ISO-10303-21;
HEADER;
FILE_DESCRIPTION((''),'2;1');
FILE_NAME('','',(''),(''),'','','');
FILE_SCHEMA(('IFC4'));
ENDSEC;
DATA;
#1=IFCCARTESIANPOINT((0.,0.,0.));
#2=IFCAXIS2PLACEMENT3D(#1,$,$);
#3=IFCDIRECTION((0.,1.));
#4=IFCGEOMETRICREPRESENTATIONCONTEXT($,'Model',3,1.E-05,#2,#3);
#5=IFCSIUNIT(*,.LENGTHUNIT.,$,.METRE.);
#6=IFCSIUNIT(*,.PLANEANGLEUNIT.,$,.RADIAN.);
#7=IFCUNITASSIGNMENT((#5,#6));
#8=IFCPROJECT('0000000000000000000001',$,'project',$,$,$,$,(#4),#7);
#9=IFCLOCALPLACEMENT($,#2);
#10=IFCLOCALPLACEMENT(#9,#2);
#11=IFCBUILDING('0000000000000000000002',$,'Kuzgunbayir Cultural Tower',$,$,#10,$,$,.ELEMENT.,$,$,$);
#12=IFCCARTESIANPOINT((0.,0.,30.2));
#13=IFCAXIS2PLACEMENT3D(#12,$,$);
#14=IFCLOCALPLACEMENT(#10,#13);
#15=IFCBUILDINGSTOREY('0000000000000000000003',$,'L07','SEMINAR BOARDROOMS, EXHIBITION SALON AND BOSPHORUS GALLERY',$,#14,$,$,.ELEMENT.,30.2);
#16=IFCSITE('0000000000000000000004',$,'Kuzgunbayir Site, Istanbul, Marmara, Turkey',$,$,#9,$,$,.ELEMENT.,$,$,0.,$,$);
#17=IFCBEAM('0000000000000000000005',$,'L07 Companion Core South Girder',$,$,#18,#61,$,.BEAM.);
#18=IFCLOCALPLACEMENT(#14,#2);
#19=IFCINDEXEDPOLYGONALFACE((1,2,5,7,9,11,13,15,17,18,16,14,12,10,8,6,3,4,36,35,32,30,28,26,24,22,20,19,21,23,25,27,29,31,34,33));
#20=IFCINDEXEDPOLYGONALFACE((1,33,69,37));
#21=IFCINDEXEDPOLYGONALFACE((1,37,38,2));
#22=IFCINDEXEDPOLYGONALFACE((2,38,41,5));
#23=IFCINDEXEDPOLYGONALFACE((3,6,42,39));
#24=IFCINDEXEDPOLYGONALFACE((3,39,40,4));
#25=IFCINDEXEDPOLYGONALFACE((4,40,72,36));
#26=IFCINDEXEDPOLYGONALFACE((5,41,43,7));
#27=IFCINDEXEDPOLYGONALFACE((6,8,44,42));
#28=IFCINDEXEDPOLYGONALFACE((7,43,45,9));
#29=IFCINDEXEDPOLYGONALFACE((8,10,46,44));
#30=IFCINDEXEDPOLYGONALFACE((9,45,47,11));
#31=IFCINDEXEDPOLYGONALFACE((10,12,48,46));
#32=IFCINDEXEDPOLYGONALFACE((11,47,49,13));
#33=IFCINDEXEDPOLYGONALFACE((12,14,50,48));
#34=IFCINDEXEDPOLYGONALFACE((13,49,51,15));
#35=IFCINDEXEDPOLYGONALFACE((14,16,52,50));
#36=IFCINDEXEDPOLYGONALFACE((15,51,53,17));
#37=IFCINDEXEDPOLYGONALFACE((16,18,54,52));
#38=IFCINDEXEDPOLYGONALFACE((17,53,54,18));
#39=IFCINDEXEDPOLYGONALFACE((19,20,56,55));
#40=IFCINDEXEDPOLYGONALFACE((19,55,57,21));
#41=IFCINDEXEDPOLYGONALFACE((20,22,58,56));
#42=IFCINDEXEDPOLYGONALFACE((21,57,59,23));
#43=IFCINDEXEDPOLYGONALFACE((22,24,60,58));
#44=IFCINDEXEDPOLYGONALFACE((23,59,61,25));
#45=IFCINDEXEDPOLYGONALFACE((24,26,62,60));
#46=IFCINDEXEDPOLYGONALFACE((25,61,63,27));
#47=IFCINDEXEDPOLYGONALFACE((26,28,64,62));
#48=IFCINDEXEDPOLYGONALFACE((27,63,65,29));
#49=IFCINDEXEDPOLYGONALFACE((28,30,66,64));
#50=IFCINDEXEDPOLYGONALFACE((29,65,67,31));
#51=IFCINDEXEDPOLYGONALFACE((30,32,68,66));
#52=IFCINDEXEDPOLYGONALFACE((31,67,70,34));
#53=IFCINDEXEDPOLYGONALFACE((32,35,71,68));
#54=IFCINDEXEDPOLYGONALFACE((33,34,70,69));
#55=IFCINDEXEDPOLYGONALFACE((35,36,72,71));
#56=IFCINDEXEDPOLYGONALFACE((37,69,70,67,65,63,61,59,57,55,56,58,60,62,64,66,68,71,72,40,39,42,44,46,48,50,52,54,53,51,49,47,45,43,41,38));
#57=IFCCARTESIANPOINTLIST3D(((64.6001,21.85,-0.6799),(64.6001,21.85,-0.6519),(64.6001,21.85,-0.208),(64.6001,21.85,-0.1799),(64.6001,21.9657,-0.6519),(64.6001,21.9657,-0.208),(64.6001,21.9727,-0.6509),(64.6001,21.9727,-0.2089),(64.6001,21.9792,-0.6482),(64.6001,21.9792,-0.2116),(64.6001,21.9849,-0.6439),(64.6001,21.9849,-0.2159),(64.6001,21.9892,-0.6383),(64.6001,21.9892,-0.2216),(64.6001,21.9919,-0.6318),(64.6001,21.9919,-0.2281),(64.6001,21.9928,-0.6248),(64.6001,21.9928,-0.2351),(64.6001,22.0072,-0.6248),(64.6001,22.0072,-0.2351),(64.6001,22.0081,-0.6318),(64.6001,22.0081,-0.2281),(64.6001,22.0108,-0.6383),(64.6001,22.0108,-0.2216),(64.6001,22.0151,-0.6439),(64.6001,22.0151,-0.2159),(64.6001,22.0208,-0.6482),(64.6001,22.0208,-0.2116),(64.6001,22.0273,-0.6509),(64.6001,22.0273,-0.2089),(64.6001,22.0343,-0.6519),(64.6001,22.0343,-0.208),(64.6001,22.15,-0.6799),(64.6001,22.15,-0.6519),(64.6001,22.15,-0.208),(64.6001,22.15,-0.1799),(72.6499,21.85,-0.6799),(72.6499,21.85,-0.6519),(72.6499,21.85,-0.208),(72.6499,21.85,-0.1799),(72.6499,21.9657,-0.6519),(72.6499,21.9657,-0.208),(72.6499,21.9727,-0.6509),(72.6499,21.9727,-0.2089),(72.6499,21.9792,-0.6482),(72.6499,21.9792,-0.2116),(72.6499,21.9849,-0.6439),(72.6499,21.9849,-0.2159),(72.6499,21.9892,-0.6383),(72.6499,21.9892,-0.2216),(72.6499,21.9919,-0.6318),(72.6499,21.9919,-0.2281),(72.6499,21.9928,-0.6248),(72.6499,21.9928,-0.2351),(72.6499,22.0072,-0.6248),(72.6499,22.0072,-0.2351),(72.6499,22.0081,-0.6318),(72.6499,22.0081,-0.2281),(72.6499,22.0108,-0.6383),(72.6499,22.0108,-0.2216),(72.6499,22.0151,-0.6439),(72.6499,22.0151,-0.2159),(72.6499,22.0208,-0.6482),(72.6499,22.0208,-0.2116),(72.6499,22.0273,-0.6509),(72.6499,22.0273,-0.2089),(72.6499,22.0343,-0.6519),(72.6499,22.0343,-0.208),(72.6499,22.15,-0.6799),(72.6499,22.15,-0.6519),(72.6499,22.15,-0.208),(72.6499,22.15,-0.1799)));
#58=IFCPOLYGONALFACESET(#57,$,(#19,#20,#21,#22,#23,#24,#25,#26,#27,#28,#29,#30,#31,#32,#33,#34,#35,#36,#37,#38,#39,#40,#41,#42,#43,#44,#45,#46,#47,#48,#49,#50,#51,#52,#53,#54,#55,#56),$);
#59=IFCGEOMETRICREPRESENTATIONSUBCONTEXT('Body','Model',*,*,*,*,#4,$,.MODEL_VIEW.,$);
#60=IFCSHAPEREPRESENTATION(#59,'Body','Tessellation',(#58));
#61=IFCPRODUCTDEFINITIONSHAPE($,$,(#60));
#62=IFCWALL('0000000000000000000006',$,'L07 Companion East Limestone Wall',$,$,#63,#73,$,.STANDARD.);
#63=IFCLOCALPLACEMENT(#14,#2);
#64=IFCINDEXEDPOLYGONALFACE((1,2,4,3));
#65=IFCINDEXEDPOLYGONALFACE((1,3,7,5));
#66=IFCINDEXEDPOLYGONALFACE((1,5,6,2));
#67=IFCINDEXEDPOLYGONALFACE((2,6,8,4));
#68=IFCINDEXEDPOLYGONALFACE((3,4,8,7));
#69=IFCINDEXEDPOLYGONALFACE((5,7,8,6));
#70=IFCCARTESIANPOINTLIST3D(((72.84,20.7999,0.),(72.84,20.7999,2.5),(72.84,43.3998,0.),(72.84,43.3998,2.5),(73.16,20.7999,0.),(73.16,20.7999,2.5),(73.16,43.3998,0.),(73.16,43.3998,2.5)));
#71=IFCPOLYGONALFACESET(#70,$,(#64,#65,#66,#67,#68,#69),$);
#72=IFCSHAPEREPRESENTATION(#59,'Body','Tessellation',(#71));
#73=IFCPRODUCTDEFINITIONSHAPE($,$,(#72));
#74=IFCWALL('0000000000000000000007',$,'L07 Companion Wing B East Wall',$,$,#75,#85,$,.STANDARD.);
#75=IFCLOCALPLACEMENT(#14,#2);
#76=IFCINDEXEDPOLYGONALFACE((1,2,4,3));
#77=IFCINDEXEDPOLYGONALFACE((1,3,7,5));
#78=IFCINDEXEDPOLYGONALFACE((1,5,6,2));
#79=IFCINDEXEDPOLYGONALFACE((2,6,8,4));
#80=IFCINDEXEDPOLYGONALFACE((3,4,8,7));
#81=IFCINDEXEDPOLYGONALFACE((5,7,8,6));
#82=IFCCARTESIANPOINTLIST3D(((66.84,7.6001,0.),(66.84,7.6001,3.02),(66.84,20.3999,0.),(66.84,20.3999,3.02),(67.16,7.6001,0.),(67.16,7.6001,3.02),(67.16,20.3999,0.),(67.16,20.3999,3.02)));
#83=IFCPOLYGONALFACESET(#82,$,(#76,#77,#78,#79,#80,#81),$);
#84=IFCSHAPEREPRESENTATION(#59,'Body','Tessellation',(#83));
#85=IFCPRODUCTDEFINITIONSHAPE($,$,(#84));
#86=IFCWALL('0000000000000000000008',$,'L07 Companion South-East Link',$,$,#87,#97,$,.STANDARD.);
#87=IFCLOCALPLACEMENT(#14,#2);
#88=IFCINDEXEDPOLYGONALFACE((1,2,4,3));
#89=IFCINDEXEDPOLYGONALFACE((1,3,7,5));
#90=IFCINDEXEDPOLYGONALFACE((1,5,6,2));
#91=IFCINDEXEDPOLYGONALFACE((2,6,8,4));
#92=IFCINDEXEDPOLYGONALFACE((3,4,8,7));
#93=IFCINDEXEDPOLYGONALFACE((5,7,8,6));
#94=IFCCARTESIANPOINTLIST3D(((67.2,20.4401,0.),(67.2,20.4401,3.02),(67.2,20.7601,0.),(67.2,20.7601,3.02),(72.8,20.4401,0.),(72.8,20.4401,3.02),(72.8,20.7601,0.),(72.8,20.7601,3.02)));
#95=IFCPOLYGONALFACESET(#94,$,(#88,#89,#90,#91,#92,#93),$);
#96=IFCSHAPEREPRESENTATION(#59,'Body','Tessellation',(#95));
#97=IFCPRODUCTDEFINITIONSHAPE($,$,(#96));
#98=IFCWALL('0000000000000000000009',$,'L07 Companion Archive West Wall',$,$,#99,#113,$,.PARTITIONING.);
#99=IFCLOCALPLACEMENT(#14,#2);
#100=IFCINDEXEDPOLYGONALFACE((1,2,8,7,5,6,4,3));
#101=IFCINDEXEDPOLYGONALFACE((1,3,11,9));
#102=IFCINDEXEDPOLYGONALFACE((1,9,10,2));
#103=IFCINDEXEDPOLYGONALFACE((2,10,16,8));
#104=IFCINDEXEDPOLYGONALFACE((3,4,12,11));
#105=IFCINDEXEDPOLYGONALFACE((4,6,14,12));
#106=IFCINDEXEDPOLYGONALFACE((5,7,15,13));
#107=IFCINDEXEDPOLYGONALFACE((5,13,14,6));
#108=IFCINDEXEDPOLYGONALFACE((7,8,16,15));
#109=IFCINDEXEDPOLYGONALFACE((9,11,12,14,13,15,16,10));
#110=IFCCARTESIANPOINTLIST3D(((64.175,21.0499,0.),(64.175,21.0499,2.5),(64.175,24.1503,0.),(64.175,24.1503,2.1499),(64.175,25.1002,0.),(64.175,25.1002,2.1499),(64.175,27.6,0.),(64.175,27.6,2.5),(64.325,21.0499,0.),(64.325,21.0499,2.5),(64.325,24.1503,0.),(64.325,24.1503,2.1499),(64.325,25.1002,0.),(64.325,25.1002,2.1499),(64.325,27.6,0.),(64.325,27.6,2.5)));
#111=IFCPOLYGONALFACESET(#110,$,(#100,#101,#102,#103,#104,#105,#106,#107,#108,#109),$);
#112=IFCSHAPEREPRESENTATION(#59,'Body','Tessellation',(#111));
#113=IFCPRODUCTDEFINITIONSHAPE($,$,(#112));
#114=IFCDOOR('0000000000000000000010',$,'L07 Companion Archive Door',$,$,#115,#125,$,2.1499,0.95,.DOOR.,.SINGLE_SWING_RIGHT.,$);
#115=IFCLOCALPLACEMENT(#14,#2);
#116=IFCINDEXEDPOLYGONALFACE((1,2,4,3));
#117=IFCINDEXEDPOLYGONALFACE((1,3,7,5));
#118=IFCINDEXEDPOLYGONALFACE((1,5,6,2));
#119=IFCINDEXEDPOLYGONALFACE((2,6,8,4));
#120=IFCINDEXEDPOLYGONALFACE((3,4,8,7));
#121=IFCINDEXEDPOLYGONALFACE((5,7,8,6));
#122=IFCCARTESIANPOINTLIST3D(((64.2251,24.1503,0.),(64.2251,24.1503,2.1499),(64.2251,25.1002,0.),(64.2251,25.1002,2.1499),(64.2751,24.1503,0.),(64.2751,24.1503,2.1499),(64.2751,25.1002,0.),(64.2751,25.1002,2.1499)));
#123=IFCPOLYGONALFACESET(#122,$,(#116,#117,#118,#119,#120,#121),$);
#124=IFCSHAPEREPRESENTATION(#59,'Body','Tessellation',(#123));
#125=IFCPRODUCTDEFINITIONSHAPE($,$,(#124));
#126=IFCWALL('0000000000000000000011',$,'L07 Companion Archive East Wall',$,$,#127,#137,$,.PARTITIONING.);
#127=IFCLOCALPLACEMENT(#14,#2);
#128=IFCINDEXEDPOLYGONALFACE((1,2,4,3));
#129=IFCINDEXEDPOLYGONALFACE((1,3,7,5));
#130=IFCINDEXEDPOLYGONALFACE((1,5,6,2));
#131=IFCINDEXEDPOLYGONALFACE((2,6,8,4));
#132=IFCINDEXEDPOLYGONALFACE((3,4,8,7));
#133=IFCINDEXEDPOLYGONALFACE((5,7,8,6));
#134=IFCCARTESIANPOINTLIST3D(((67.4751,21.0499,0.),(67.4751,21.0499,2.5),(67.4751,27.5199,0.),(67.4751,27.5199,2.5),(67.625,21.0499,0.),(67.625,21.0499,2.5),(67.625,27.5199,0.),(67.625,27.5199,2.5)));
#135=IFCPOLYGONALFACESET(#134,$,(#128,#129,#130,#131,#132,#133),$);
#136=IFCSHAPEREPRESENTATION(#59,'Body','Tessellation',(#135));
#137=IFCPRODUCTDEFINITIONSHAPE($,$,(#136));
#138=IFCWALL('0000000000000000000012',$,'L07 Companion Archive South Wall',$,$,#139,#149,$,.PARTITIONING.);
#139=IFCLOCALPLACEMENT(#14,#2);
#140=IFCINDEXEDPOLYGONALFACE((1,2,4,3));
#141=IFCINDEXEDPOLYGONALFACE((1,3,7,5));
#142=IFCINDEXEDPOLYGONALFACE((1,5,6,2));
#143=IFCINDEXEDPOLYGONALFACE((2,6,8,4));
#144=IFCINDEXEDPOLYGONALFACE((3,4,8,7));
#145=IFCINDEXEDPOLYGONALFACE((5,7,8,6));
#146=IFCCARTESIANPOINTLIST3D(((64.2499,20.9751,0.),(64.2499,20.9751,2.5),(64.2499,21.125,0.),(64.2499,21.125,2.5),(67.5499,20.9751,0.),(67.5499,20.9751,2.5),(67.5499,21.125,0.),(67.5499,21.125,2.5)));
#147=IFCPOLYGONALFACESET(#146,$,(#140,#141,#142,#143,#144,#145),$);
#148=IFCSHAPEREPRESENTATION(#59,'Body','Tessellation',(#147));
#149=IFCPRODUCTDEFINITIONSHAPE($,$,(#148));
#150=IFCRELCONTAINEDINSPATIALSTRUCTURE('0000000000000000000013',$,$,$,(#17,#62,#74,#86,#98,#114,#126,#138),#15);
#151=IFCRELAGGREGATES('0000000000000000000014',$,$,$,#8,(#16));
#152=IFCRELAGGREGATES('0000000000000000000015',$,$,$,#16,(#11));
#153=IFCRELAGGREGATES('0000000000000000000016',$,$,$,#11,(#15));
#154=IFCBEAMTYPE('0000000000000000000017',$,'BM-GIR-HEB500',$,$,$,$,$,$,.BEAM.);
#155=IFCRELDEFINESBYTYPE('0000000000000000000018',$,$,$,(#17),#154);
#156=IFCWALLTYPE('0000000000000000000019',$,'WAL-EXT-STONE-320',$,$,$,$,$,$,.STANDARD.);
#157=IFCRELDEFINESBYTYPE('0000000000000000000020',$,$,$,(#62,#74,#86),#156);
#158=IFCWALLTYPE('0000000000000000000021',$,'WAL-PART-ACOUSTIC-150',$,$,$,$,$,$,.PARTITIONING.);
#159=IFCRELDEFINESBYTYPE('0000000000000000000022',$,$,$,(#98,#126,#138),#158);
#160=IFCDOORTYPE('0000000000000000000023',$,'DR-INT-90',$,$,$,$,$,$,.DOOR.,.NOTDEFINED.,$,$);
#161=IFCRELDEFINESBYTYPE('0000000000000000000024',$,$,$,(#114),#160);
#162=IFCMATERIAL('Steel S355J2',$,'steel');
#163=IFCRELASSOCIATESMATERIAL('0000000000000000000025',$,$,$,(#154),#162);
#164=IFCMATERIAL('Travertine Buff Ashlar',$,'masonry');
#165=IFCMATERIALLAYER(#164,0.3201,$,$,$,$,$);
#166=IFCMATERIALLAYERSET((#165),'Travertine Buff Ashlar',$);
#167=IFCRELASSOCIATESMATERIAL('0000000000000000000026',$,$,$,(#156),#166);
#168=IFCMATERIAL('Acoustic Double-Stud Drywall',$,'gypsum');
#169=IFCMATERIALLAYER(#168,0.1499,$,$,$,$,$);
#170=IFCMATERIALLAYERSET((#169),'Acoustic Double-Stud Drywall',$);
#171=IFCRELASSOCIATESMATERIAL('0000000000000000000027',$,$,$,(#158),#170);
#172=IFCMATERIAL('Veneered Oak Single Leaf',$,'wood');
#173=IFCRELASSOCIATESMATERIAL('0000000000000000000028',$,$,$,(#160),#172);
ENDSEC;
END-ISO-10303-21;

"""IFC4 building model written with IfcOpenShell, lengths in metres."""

from ifc_helpers import new_model, si_unit, direction, frame, frame_2d, origin, origin_2d, place, context, subcontext, project, spatial, rectangle, i_section, extrude, material, layer, layer_set, material_profile, profile_set, type_object, element, fill, save


model = new_model("IFC4")

# Units and contexts
model_context = context("Model", 3, precision=1e-05, world=origin(), true_north=direction((0.0, 1.0)))
body_context = subcontext(model_context, "Body", "Model", "MODEL_VIEW")
ifc_project = project(units=[si_unit("LENGTHUNIT", "METRE"), si_unit("PLANEANGLEUNIT", "RADIAN")], contexts=[model_context])

# Site, building, storey
site_placement = place(None, origin())
site = spatial("IfcSite", under=ifc_project, at=site_placement, Name="Kuzgunbayir Site, Istanbul, Marmara, Turkey", CompositionType="ELEMENT", RefElevation=0.0)
building_placement = place(site_placement, origin())
building = spatial("IfcBuilding", under=site, at=building_placement, Name="Kuzgunbayir Cultural Tower", CompositionType="ELEMENT")
storey_placement = place(building_placement, frame((0.0, 0.0, 30.2)))
storey = spatial("IfcBuildingStorey", under=building, at=storey_placement, Name="L07", Description="SEMINAR BOARDROOMS, EXHIBITION SALON AND BOSPHORUS GALLERY", CompositionType="ELEMENT", Elevation=30.2)

# Beam
ifc_material_1 = material(Name="Steel S355J2", Category="steel")
ifc_material_profile_1 = material_profile(ifc_material_1, i_section(OverallWidth=0.3, OverallDepth=0.5, WebThickness=0.0144, FlangeThickness=0.0281, FilletRadius=0.0271, at=origin_2d()), Name="HEB 500")
ifc_profile_set_1 = profile_set([ifc_material_profile_1], Name="Steel S355J2")
beam_type_1 = type_object("IfcBeamType", Name="BM-GIR-HEB500", PredefinedType="BEAM", material=ifc_profile_set_1)
beam_1_placement = place(storey_placement, frame((64.6001, 22.0, -0.4299), z_axis=(1.0, 0.0, 0.0), x_axis=(0.0, 1.0, 0.0)))
element("IfcBeam", 1, at=beam_1_placement, inside=storey, type_object=beam_type_1, Name="L07 Companion Core South Girder", PredefinedType="BEAM", context=body_context, shape_type="SweptSolid", body=[
    extrude(i_section(OverallWidth=0.3, OverallDepth=0.5, WebThickness=0.0144, FlangeThickness=0.0281, FilletRadius=0.0271, at=origin_2d()), origin(), (0.0, 0.0, 1.0), 8.0498),
])

# Walls
ifc_material_2 = material(Name="Travertine Buff Ashlar", Category="masonry")
ifc_layer_1 = layer(ifc_material_2, 0.3201)
ifc_layer_set_1 = layer_set([ifc_layer_1], Name="Travertine Buff Ashlar")
wall_type_1 = type_object("IfcWallType", Name="WAL-EXT-STONE-320", PredefinedType="STANDARD", material=ifc_layer_set_1)
wall_1_placement = place(storey_placement, frame((73.0, 20.8, 0.0), z_axis=(0.0, 0.0, 1.0), x_axis=(0.0, 1.0, 0.0)))
element("IfcWall", 2, at=wall_1_placement, inside=storey, type_object=wall_type_1, Name="L07 Companion East Limestone Wall", PredefinedType="STANDARD", context=body_context, shape_type="SweptSolid", body=[
    extrude(rectangle(XDim=22.5999, YDim=0.3201, at=frame_2d((11.2998, 0.0))), origin(), (0.0, 0.0, 1.0), 2.5),
])
wall_2_placement = place(storey_placement, frame((67.0, 7.6001, 0.0), z_axis=(0.0, 0.0, 1.0), x_axis=(0.0, 1.0, 0.0)))
element("IfcWall", 3, at=wall_2_placement, inside=storey, type_object=wall_type_1, Name="L07 Companion Wing B East Wall", PredefinedType="STANDARD", context=body_context, shape_type="SweptSolid", body=[
    extrude(rectangle(XDim=12.7998, YDim=0.3201, at=frame_2d((6.3999, 0.0))), origin(), (0.0, 0.0, 1.0), 3.02),
])
wall_3_placement = place(storey_placement, frame((67.2, 20.6001, 0.0), z_axis=(0.0, 0.0, 1.0), x_axis=(1.0, 0.0, 0.0)))
element("IfcWall", 4, at=wall_3_placement, inside=storey, type_object=wall_type_1, Name="L07 Companion South-East Link", PredefinedType="STANDARD", context=body_context, shape_type="SweptSolid", body=[
    extrude(rectangle(XDim=5.6001, YDim=0.3201, at=frame_2d((2.8, 0.0))), origin(), (0.0, 0.0, 1.0), 3.02),
])

# Wall, opening, door
ifc_material_3 = material(Name="Acoustic Double-Stud Drywall", Category="gypsum")
ifc_layer_2 = layer(ifc_material_3, 0.1499)
ifc_layer_set_2 = layer_set([ifc_layer_2], Name="Acoustic Double-Stud Drywall")
wall_type_2 = type_object("IfcWallType", Name="WAL-PART-ACOUSTIC-150", PredefinedType="PARTITIONING", material=ifc_layer_set_2)
wall_4_placement = place(storey_placement, frame((64.25, 21.05, 0.0), z_axis=(0.0, 0.0, 1.0), x_axis=(0.0, 1.0, 0.0)))
wall_4 = element("IfcWall", 5, at=wall_4_placement, inside=storey, type_object=wall_type_2, Name="L07 Companion Archive West Wall", PredefinedType="PARTITIONING", context=body_context, shape_type="SweptSolid", body=[
    extrude(rectangle(XDim=6.55, YDim=0.1499, at=frame_2d((3.2749, 0.0))), origin(), (0.0, 0.0, 1.0), 2.5),
])
opening_1_placement = place(wall_4_placement, frame((3.1001, 0.0, 0.0)))
opening_1 = element("IfcOpeningElement", 6, at=opening_1_placement, cuts=wall_4, PredefinedType="OPENING", context=body_context, shape_type="SweptSolid", body=[
    extrude(rectangle(XDim=0.95, YDim=2.1499, at=frame_2d((0.4751, 1.075))), frame((0.0, 0.085, 0.0), z_axis=(0.0, -1.0, 0.0), x_axis=(1.0, 0.0, 0.0)), (0.0, 0.0, 1.0), 0.1699),
])
ifc_material_4 = material(Name="Veneered Oak Single Leaf", Category="wood")
door_type_1 = type_object("IfcDoorType", Name="DR-INT-90", OperationType="NOTDEFINED", PredefinedType="DOOR", material=ifc_material_4)
door_1_placement = place(opening_1_placement, origin())
door_1 = element("IfcDoor", 7, at=door_1_placement, inside=storey, type_object=door_type_1, Name="L07 Companion Archive Door", OperationType="SINGLE_SWING_RIGHT", OverallHeight=2.1499, OverallWidth=0.95, PredefinedType="DOOR", context=body_context, shape_type="SweptSolid", body=[
    extrude(rectangle(XDim=0.95, YDim=2.1499, at=frame_2d((0.4751, 1.075))), frame((0.0, 0.0249, 0.0), z_axis=(0.0, -1.0, 0.0), x_axis=(1.0, 0.0, 0.0)), (0.0, 0.0, 1.0), 0.05),
])
fill(opening_1, door_1)

# Walls
wall_5_placement = place(storey_placement, frame((67.55, 21.05, 0.0), z_axis=(0.0, 0.0, 1.0), x_axis=(0.0, 1.0, 0.0)))
element("IfcWall", 8, at=wall_5_placement, inside=storey, type_object=wall_type_2, Name="L07 Companion Archive East Wall", PredefinedType="PARTITIONING", context=body_context, shape_type="SweptSolid", body=[
    extrude(rectangle(XDim=6.47, YDim=0.1499, at=frame_2d((3.2349, 0.0))), origin(), (0.0, 0.0, 1.0), 2.5),
])
wall_6_placement = place(storey_placement, frame((64.25, 21.05, 0.0), z_axis=(0.0, 0.0, 1.0), x_axis=(1.0, 0.0, 0.0)))
element("IfcWall", 9, at=wall_6_placement, inside=storey, type_object=wall_type_2, Name="L07 Companion Archive South Wall", PredefinedType="PARTITIONING", context=body_context, shape_type="SweptSolid", body=[
    extrude(rectangle(XDim=3.3, YDim=0.1499, at=frame_2d((1.6499, 0.0))), origin(), (0.0, 0.0, 1.0), 2.5),
])

save(model, "model.ifc")
